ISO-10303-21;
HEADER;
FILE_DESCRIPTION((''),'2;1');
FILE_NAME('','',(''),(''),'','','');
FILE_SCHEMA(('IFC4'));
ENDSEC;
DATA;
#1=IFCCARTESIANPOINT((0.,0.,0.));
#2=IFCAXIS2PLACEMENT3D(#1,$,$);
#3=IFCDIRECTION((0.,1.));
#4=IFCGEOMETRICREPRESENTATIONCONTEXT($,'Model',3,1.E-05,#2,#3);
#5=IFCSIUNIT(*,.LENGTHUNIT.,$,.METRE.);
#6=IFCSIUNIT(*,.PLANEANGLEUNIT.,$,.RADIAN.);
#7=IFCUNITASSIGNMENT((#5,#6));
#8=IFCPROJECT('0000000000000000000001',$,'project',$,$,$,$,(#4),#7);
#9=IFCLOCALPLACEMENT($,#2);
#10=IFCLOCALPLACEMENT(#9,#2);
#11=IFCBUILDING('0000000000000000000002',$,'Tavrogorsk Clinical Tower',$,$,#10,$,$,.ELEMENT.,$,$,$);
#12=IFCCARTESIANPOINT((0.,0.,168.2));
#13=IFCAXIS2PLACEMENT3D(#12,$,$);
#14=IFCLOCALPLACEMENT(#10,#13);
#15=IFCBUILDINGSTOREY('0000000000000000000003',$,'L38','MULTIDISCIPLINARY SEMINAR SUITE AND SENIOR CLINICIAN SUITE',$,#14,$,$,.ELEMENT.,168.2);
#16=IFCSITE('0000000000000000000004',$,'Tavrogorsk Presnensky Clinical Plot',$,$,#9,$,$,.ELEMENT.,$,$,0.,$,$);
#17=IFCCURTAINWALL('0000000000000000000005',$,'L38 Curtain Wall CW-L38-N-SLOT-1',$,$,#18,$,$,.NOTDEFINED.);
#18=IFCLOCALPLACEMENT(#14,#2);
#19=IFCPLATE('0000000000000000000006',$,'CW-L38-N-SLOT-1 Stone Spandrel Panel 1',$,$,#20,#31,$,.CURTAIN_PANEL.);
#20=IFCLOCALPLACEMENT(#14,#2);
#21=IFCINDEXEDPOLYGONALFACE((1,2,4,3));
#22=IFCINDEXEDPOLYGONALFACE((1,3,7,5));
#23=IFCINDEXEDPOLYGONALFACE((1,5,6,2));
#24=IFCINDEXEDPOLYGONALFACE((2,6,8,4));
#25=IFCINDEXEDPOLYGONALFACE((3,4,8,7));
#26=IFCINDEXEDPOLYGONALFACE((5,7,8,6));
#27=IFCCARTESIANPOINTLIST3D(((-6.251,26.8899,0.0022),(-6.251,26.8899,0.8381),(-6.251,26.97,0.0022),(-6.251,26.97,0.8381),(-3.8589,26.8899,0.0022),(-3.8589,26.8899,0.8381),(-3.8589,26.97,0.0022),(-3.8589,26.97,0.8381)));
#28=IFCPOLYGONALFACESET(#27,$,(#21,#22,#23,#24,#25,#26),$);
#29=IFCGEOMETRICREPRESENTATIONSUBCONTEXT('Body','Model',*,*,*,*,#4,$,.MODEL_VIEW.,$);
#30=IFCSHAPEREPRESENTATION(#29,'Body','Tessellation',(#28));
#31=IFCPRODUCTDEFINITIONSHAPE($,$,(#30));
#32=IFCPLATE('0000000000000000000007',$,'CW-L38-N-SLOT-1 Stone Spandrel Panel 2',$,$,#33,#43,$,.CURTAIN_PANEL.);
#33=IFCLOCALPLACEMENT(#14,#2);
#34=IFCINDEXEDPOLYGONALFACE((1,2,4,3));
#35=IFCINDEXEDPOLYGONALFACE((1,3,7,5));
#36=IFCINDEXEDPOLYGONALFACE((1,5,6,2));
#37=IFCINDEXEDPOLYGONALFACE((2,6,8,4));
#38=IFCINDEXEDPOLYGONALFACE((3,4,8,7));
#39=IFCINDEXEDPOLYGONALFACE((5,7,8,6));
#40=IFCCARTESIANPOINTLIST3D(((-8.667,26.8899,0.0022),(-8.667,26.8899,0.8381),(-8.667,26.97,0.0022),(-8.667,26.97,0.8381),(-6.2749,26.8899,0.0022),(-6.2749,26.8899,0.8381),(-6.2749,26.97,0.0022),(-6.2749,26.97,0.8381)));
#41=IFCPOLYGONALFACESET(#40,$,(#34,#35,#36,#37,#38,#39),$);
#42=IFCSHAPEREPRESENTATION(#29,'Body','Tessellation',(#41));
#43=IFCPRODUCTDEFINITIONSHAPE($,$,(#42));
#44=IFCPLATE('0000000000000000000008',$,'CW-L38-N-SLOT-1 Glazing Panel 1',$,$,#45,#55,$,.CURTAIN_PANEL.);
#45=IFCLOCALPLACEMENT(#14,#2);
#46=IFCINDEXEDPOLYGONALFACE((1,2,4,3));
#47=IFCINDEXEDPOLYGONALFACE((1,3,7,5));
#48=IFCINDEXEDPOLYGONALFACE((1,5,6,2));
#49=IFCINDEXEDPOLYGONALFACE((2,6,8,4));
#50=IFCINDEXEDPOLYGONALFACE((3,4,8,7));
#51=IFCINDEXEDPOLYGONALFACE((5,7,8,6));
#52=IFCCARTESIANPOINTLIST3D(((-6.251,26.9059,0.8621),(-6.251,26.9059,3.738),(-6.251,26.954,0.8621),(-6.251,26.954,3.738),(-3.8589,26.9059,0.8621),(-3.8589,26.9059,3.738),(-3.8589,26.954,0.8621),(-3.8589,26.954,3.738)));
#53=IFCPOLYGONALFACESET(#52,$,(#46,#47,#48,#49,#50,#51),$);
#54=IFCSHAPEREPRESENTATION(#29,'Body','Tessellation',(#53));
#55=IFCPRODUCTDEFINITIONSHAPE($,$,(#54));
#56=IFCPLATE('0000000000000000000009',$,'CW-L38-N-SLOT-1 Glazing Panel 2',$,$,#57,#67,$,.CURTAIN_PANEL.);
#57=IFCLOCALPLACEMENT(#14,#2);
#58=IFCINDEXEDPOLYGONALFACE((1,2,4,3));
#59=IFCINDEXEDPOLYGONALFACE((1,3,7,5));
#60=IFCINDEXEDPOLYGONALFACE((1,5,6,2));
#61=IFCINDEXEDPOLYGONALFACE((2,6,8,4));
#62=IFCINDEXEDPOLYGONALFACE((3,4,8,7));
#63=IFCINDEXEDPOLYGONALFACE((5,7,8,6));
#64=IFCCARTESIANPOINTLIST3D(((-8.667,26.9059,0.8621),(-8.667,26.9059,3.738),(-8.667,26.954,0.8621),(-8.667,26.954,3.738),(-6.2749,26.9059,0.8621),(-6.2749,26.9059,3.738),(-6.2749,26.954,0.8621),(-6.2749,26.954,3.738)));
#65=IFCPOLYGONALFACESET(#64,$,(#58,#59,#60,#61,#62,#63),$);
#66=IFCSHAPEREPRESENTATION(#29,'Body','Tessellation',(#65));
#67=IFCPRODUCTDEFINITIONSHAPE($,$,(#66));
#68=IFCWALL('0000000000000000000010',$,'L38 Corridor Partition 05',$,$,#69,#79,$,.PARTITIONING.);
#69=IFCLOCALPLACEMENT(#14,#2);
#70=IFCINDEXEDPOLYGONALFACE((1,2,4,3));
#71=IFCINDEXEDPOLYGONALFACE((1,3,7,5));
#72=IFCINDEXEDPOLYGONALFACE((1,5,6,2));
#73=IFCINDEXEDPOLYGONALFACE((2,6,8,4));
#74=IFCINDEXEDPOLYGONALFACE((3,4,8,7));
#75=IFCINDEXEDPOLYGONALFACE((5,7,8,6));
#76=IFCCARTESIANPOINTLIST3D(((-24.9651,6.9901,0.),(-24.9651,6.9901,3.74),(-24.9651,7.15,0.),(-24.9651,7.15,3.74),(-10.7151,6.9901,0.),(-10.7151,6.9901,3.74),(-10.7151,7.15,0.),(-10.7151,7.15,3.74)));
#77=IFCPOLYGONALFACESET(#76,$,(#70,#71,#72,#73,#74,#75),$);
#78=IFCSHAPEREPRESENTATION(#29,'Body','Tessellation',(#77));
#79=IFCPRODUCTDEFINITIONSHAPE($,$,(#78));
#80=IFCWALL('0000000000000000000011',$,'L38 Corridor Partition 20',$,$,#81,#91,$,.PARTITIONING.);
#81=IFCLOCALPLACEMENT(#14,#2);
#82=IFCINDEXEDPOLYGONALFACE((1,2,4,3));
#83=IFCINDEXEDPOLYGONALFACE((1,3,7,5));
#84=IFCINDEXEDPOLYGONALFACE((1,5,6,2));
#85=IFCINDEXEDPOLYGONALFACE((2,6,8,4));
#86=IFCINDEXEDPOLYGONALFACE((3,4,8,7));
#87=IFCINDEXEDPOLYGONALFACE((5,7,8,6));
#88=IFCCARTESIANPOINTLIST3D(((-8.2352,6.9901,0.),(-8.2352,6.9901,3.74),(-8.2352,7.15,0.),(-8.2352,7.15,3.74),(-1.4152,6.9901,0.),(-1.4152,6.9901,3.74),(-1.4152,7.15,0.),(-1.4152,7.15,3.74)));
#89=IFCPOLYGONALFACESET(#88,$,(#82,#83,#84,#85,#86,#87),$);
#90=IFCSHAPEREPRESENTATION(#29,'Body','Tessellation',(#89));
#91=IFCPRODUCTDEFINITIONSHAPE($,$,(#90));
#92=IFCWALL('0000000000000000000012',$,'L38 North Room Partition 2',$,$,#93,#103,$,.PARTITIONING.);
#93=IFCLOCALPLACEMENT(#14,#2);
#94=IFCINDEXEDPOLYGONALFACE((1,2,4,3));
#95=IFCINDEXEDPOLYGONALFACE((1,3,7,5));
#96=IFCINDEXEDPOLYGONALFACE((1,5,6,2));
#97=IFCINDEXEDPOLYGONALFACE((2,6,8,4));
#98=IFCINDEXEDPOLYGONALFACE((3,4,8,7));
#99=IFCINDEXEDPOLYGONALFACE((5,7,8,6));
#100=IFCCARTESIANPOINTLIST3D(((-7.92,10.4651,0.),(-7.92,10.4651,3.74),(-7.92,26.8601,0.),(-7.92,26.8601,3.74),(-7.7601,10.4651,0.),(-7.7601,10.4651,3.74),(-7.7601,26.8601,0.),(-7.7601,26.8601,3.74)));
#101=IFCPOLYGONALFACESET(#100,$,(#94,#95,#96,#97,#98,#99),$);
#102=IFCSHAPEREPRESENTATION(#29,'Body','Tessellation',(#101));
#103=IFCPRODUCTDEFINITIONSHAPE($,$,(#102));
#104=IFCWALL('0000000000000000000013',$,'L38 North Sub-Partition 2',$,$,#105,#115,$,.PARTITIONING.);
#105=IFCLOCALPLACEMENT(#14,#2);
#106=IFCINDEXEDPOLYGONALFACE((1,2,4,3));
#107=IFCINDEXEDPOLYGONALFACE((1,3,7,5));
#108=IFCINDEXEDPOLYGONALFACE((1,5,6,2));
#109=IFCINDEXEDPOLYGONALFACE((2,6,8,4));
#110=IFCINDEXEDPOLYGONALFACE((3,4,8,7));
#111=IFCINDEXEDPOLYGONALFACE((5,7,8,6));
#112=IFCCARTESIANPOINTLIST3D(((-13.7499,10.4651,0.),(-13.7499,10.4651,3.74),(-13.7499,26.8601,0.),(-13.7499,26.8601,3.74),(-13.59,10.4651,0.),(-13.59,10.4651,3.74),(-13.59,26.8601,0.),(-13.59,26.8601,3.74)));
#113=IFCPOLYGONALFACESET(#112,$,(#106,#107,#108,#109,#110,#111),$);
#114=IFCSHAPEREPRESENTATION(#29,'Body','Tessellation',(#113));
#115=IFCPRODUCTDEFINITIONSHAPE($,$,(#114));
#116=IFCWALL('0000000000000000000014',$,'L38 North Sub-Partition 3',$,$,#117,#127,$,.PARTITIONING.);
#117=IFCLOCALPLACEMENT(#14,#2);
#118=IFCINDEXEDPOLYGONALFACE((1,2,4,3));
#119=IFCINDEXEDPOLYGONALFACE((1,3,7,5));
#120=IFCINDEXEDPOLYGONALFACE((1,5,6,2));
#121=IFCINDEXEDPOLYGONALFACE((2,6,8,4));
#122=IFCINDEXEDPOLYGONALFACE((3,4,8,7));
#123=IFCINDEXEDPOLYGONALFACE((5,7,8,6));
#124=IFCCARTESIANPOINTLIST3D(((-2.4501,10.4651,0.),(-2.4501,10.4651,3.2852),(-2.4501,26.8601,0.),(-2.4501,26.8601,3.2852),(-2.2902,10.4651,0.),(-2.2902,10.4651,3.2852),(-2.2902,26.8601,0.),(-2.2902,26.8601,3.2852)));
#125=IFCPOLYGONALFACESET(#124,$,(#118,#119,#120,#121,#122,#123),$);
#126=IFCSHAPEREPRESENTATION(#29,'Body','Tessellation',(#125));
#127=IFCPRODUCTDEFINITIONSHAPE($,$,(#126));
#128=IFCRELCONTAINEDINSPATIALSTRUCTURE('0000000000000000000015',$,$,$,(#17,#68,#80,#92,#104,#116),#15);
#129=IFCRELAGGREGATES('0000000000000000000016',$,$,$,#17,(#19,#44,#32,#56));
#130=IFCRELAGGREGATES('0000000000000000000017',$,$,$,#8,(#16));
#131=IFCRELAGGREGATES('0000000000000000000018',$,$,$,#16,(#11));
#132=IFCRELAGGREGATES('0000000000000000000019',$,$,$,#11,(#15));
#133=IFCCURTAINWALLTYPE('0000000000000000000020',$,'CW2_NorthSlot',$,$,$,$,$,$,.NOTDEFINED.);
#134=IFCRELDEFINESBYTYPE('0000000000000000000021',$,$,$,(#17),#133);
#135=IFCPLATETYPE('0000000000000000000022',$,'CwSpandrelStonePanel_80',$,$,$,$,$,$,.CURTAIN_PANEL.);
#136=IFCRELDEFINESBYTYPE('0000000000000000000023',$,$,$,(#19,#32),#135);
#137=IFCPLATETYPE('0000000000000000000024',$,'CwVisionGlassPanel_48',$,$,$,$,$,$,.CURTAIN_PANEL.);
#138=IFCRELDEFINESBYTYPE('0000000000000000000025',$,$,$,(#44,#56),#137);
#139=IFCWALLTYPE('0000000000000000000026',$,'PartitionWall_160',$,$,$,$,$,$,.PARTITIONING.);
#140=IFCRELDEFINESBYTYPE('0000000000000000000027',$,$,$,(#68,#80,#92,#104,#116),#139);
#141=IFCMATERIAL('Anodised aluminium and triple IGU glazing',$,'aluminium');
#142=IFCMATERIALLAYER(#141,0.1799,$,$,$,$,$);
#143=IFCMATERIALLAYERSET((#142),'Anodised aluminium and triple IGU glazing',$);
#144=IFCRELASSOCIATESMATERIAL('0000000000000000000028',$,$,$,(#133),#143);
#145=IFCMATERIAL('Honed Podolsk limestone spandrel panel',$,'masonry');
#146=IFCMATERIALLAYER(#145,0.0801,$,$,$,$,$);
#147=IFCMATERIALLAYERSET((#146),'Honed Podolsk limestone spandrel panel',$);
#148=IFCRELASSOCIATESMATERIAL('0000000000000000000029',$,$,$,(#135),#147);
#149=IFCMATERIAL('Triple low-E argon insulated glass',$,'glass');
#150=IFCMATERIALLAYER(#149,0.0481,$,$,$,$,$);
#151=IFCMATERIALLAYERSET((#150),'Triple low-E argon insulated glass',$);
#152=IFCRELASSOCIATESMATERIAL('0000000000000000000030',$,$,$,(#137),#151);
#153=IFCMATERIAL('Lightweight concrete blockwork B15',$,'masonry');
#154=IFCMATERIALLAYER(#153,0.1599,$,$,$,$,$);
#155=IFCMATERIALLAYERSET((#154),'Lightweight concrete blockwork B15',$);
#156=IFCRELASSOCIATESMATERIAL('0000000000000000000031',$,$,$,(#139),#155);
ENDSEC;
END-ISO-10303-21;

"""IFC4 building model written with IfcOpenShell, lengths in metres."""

from ifc_helpers import new_model, si_unit, direction, frame, frame_2d, origin, origin_2d, place, context, subcontext, project, spatial, rectangle, extrude, material, layer, layer_set, type_object, element, aggregate, save


model = new_model("IFC4")

# Units and contexts
model_context = context("Model", 3, precision=1e-05, world=origin(), true_north=direction((0.0, 1.0)))
body_context = subcontext(model_context, "Body", "Model", "MODEL_VIEW")
ifc_project = project(units=[si_unit("LENGTHUNIT", "METRE"), si_unit("PLANEANGLEUNIT", "RADIAN")], contexts=[model_context])

# Site, building, storey
site_placement = place(None, origin())
site = spatial("IfcSite", under=ifc_project, at=site_placement, Name="Tavrogorsk Presnensky Clinical Plot", CompositionType="ELEMENT", RefElevation=0.0)
building_placement = place(site_placement, origin())
building = spatial("IfcBuilding", under=site, at=building_placement, Name="Tavrogorsk Clinical Tower", CompositionType="ELEMENT")
storey_placement = place(building_placement, frame((0.0, 0.0, 168.2)))
storey = spatial("IfcBuildingStorey", under=building, at=storey_placement, Name="L38", Description="MULTIDISCIPLINARY SEMINAR SUITE AND SENIOR CLINICIAN SUITE", CompositionType="ELEMENT", Elevation=168.2)

# Curtain wall
ifc_material_1 = material(Name="Anodised aluminium and triple IGU glazing", Category="aluminium")
ifc_layer_1 = layer(ifc_material_1, 0.1799)
ifc_layer_set_1 = layer_set([ifc_layer_1], Name="Anodised aluminium and triple IGU glazing")
curtain_wall_type = type_object("IfcCurtainWallType", Name="CW2_NorthSlot", PredefinedType="NOTDEFINED", material=ifc_layer_set_1)
curtain_wall_placement = place(storey_placement, origin())
curtain_wall = element("IfcCurtainWall", 1, at=curtain_wall_placement, inside=storey, type_object=curtain_wall_type, Name="L38 Curtain Wall CW-L38-N-SLOT-1", PredefinedType="NOTDEFINED")

# Plates
ifc_material_2 = material(Name="Honed Podolsk limestone spandrel panel", Category="masonry")
ifc_layer_2 = layer(ifc_material_2, 0.0801)
ifc_layer_set_2 = layer_set([ifc_layer_2], Name="Honed Podolsk limestone spandrel panel")
plate_type_1 = type_object("IfcPlateType", Name="CwSpandrelStonePanel_80", PredefinedType="CURTAIN_PANEL", material=ifc_layer_set_2)
plate_1_placement = place(storey_placement, frame((-5.0549, 26.9299, 0.0022), z_axis=(0.0, 0.0, 1.0), x_axis=(-1.0, 0.0, 0.0)))
plate_1 = element("IfcPlate", 2, at=plate_1_placement, type_object=plate_type_1, Name="CW-L38-N-SLOT-1 Stone Spandrel Panel 1", PredefinedType="CURTAIN_PANEL", context=body_context, shape_type="SweptSolid", body=[
    extrude(rectangle(XDim=2.3921, YDim=0.0801, at=origin_2d()), origin(), (0.0, 0.0, 1.0), 0.8359),
])
plate_2_placement = place(storey_placement, frame((-7.4709, 26.9299, 0.0022), z_axis=(0.0, 0.0, 1.0), x_axis=(-1.0, 0.0, 0.0)))
plate_2 = element("IfcPlate", 3, at=plate_2_placement, type_object=plate_type_1, Name="CW-L38-N-SLOT-1 Stone Spandrel Panel 2", PredefinedType="CURTAIN_PANEL", context=body_context, shape_type="SweptSolid", body=[
    extrude(rectangle(XDim=2.3921, YDim=0.0801, at=origin_2d()), origin(), (0.0, 0.0, 1.0), 0.8359),
])
ifc_material_3 = material(Name="Triple low-E argon insulated glass", Category="glass")
ifc_layer_3 = layer(ifc_material_3, 0.0481)
ifc_layer_set_3 = layer_set([ifc_layer_3], Name="Triple low-E argon insulated glass")
plate_type_2 = type_object("IfcPlateType", Name="CwVisionGlassPanel_48", PredefinedType="CURTAIN_PANEL", material=ifc_layer_set_3)
plate_3_placement = place(storey_placement, frame((-5.0549, 26.9299, 0.8621), z_axis=(0.0, 0.0, 1.0), x_axis=(-1.0, 0.0, 0.0)))
plate_3 = element("IfcPlate", 4, at=plate_3_placement, type_object=plate_type_2, Name="CW-L38-N-SLOT-1 Glazing Panel 1", PredefinedType="CURTAIN_PANEL", context=body_context, shape_type="SweptSolid", body=[
    extrude(rectangle(XDim=2.3921, YDim=0.0481, at=origin_2d()), origin(), (0.0, 0.0, 1.0), 2.876),
])
plate_4_placement = place(storey_placement, frame((-7.4709, 26.9299, 0.8621), z_axis=(0.0, 0.0, 1.0), x_axis=(-1.0, 0.0, 0.0)))
plate_4 = element("IfcPlate", 5, at=plate_4_placement, type_object=plate_type_2, Name="CW-L38-N-SLOT-1 Glazing Panel 2", PredefinedType="CURTAIN_PANEL", context=body_context, shape_type="SweptSolid", body=[
    extrude(rectangle(XDim=2.3921, YDim=0.0481, at=origin_2d()), origin(), (0.0, 0.0, 1.0), 2.876),
])
aggregate(curtain_wall, [plate_1, plate_3, plate_2, plate_4])

# Walls
ifc_material_4 = material(Name="Lightweight concrete blockwork B15", Category="masonry")
ifc_layer_4 = layer(ifc_material_4, 0.1599)
ifc_layer_set_4 = layer_set([ifc_layer_4], Name="Lightweight concrete blockwork B15")
wall_type_1 = type_object("IfcWallType", Name="PartitionWall_160", PredefinedType="PARTITIONING", material=ifc_layer_set_4)
wall_1_placement = place(storey_placement, frame((-10.7151, 7.0701, 0.0), z_axis=(0.0, 0.0, 1.0), x_axis=(-1.0, 0.0, 0.0)))
element("IfcWall", 6, at=wall_1_placement, inside=storey, type_object=wall_type_1, Name="L38 Corridor Partition 05", PredefinedType="PARTITIONING", context=body_context, shape_type="SweptSolid", body=[
    extrude(rectangle(XDim=14.25, YDim=0.1599, at=frame_2d((7.125, 0.0))), origin(), (0.0, 0.0, 1.0), 3.74),
])
wall_2_placement = place(storey_placement, frame((-1.415, 7.0701, 0.0), z_axis=(0.0, 0.0, 1.0), x_axis=(-1.0, 0.0, 0.0)))
element("IfcWall", 7, at=wall_2_placement, inside=storey, type_object=wall_type_1, Name="L38 Corridor Partition 20", PredefinedType="PARTITIONING", context=body_context, shape_type="SweptSolid", body=[
    extrude(rectangle(XDim=6.8201, YDim=0.1599, at=frame_2d((3.4102, 0.0))), origin(), (0.0, 0.0, 1.0), 3.74),
])
for number, where, z_axis, x_axis, name in (
    (8, (-7.8401, 10.4651, 0.0), (0.0, 0.0, 1.0), (0.0, 1.0, 0.0), "L38 North Room Partition 2"),
    (9, (-13.6699, 10.4651, 0.0), (0.0, 0.0, 1.0), (0.0, 1.0, 0.0), "L38 North Sub-Partition 2"),
):
    element("IfcWall", number, at=place(storey_placement, frame(where, z_axis=z_axis, x_axis=x_axis)), inside=storey, type_object=wall_type_1, Name=name, PredefinedType="PARTITIONING", context=body_context, shape_type="SweptSolid", body=[
        extrude(rectangle(XDim=16.395, YDim=0.1599, at=frame_2d((8.1975, 0.0))), origin(), (0.0, 0.0, 1.0), 3.74),
    ])
wall_3_placement = place(storey_placement, frame((-2.3701, 10.4651, 0.0), z_axis=(0.0, 0.0, 1.0), x_axis=(0.0, 1.0, 0.0)))
element("IfcWall", 10, at=wall_3_placement, inside=storey, type_object=wall_type_1, Name="L38 North Sub-Partition 3", PredefinedType="PARTITIONING", context=body_context, shape_type="SweptSolid", body=[
    extrude(rectangle(XDim=16.395, YDim=0.1599, at=frame_2d((8.1975, 0.0))), origin(), (0.0, 0.0, 1.0), 3.2852),
])

save(model, "model.ifc")
